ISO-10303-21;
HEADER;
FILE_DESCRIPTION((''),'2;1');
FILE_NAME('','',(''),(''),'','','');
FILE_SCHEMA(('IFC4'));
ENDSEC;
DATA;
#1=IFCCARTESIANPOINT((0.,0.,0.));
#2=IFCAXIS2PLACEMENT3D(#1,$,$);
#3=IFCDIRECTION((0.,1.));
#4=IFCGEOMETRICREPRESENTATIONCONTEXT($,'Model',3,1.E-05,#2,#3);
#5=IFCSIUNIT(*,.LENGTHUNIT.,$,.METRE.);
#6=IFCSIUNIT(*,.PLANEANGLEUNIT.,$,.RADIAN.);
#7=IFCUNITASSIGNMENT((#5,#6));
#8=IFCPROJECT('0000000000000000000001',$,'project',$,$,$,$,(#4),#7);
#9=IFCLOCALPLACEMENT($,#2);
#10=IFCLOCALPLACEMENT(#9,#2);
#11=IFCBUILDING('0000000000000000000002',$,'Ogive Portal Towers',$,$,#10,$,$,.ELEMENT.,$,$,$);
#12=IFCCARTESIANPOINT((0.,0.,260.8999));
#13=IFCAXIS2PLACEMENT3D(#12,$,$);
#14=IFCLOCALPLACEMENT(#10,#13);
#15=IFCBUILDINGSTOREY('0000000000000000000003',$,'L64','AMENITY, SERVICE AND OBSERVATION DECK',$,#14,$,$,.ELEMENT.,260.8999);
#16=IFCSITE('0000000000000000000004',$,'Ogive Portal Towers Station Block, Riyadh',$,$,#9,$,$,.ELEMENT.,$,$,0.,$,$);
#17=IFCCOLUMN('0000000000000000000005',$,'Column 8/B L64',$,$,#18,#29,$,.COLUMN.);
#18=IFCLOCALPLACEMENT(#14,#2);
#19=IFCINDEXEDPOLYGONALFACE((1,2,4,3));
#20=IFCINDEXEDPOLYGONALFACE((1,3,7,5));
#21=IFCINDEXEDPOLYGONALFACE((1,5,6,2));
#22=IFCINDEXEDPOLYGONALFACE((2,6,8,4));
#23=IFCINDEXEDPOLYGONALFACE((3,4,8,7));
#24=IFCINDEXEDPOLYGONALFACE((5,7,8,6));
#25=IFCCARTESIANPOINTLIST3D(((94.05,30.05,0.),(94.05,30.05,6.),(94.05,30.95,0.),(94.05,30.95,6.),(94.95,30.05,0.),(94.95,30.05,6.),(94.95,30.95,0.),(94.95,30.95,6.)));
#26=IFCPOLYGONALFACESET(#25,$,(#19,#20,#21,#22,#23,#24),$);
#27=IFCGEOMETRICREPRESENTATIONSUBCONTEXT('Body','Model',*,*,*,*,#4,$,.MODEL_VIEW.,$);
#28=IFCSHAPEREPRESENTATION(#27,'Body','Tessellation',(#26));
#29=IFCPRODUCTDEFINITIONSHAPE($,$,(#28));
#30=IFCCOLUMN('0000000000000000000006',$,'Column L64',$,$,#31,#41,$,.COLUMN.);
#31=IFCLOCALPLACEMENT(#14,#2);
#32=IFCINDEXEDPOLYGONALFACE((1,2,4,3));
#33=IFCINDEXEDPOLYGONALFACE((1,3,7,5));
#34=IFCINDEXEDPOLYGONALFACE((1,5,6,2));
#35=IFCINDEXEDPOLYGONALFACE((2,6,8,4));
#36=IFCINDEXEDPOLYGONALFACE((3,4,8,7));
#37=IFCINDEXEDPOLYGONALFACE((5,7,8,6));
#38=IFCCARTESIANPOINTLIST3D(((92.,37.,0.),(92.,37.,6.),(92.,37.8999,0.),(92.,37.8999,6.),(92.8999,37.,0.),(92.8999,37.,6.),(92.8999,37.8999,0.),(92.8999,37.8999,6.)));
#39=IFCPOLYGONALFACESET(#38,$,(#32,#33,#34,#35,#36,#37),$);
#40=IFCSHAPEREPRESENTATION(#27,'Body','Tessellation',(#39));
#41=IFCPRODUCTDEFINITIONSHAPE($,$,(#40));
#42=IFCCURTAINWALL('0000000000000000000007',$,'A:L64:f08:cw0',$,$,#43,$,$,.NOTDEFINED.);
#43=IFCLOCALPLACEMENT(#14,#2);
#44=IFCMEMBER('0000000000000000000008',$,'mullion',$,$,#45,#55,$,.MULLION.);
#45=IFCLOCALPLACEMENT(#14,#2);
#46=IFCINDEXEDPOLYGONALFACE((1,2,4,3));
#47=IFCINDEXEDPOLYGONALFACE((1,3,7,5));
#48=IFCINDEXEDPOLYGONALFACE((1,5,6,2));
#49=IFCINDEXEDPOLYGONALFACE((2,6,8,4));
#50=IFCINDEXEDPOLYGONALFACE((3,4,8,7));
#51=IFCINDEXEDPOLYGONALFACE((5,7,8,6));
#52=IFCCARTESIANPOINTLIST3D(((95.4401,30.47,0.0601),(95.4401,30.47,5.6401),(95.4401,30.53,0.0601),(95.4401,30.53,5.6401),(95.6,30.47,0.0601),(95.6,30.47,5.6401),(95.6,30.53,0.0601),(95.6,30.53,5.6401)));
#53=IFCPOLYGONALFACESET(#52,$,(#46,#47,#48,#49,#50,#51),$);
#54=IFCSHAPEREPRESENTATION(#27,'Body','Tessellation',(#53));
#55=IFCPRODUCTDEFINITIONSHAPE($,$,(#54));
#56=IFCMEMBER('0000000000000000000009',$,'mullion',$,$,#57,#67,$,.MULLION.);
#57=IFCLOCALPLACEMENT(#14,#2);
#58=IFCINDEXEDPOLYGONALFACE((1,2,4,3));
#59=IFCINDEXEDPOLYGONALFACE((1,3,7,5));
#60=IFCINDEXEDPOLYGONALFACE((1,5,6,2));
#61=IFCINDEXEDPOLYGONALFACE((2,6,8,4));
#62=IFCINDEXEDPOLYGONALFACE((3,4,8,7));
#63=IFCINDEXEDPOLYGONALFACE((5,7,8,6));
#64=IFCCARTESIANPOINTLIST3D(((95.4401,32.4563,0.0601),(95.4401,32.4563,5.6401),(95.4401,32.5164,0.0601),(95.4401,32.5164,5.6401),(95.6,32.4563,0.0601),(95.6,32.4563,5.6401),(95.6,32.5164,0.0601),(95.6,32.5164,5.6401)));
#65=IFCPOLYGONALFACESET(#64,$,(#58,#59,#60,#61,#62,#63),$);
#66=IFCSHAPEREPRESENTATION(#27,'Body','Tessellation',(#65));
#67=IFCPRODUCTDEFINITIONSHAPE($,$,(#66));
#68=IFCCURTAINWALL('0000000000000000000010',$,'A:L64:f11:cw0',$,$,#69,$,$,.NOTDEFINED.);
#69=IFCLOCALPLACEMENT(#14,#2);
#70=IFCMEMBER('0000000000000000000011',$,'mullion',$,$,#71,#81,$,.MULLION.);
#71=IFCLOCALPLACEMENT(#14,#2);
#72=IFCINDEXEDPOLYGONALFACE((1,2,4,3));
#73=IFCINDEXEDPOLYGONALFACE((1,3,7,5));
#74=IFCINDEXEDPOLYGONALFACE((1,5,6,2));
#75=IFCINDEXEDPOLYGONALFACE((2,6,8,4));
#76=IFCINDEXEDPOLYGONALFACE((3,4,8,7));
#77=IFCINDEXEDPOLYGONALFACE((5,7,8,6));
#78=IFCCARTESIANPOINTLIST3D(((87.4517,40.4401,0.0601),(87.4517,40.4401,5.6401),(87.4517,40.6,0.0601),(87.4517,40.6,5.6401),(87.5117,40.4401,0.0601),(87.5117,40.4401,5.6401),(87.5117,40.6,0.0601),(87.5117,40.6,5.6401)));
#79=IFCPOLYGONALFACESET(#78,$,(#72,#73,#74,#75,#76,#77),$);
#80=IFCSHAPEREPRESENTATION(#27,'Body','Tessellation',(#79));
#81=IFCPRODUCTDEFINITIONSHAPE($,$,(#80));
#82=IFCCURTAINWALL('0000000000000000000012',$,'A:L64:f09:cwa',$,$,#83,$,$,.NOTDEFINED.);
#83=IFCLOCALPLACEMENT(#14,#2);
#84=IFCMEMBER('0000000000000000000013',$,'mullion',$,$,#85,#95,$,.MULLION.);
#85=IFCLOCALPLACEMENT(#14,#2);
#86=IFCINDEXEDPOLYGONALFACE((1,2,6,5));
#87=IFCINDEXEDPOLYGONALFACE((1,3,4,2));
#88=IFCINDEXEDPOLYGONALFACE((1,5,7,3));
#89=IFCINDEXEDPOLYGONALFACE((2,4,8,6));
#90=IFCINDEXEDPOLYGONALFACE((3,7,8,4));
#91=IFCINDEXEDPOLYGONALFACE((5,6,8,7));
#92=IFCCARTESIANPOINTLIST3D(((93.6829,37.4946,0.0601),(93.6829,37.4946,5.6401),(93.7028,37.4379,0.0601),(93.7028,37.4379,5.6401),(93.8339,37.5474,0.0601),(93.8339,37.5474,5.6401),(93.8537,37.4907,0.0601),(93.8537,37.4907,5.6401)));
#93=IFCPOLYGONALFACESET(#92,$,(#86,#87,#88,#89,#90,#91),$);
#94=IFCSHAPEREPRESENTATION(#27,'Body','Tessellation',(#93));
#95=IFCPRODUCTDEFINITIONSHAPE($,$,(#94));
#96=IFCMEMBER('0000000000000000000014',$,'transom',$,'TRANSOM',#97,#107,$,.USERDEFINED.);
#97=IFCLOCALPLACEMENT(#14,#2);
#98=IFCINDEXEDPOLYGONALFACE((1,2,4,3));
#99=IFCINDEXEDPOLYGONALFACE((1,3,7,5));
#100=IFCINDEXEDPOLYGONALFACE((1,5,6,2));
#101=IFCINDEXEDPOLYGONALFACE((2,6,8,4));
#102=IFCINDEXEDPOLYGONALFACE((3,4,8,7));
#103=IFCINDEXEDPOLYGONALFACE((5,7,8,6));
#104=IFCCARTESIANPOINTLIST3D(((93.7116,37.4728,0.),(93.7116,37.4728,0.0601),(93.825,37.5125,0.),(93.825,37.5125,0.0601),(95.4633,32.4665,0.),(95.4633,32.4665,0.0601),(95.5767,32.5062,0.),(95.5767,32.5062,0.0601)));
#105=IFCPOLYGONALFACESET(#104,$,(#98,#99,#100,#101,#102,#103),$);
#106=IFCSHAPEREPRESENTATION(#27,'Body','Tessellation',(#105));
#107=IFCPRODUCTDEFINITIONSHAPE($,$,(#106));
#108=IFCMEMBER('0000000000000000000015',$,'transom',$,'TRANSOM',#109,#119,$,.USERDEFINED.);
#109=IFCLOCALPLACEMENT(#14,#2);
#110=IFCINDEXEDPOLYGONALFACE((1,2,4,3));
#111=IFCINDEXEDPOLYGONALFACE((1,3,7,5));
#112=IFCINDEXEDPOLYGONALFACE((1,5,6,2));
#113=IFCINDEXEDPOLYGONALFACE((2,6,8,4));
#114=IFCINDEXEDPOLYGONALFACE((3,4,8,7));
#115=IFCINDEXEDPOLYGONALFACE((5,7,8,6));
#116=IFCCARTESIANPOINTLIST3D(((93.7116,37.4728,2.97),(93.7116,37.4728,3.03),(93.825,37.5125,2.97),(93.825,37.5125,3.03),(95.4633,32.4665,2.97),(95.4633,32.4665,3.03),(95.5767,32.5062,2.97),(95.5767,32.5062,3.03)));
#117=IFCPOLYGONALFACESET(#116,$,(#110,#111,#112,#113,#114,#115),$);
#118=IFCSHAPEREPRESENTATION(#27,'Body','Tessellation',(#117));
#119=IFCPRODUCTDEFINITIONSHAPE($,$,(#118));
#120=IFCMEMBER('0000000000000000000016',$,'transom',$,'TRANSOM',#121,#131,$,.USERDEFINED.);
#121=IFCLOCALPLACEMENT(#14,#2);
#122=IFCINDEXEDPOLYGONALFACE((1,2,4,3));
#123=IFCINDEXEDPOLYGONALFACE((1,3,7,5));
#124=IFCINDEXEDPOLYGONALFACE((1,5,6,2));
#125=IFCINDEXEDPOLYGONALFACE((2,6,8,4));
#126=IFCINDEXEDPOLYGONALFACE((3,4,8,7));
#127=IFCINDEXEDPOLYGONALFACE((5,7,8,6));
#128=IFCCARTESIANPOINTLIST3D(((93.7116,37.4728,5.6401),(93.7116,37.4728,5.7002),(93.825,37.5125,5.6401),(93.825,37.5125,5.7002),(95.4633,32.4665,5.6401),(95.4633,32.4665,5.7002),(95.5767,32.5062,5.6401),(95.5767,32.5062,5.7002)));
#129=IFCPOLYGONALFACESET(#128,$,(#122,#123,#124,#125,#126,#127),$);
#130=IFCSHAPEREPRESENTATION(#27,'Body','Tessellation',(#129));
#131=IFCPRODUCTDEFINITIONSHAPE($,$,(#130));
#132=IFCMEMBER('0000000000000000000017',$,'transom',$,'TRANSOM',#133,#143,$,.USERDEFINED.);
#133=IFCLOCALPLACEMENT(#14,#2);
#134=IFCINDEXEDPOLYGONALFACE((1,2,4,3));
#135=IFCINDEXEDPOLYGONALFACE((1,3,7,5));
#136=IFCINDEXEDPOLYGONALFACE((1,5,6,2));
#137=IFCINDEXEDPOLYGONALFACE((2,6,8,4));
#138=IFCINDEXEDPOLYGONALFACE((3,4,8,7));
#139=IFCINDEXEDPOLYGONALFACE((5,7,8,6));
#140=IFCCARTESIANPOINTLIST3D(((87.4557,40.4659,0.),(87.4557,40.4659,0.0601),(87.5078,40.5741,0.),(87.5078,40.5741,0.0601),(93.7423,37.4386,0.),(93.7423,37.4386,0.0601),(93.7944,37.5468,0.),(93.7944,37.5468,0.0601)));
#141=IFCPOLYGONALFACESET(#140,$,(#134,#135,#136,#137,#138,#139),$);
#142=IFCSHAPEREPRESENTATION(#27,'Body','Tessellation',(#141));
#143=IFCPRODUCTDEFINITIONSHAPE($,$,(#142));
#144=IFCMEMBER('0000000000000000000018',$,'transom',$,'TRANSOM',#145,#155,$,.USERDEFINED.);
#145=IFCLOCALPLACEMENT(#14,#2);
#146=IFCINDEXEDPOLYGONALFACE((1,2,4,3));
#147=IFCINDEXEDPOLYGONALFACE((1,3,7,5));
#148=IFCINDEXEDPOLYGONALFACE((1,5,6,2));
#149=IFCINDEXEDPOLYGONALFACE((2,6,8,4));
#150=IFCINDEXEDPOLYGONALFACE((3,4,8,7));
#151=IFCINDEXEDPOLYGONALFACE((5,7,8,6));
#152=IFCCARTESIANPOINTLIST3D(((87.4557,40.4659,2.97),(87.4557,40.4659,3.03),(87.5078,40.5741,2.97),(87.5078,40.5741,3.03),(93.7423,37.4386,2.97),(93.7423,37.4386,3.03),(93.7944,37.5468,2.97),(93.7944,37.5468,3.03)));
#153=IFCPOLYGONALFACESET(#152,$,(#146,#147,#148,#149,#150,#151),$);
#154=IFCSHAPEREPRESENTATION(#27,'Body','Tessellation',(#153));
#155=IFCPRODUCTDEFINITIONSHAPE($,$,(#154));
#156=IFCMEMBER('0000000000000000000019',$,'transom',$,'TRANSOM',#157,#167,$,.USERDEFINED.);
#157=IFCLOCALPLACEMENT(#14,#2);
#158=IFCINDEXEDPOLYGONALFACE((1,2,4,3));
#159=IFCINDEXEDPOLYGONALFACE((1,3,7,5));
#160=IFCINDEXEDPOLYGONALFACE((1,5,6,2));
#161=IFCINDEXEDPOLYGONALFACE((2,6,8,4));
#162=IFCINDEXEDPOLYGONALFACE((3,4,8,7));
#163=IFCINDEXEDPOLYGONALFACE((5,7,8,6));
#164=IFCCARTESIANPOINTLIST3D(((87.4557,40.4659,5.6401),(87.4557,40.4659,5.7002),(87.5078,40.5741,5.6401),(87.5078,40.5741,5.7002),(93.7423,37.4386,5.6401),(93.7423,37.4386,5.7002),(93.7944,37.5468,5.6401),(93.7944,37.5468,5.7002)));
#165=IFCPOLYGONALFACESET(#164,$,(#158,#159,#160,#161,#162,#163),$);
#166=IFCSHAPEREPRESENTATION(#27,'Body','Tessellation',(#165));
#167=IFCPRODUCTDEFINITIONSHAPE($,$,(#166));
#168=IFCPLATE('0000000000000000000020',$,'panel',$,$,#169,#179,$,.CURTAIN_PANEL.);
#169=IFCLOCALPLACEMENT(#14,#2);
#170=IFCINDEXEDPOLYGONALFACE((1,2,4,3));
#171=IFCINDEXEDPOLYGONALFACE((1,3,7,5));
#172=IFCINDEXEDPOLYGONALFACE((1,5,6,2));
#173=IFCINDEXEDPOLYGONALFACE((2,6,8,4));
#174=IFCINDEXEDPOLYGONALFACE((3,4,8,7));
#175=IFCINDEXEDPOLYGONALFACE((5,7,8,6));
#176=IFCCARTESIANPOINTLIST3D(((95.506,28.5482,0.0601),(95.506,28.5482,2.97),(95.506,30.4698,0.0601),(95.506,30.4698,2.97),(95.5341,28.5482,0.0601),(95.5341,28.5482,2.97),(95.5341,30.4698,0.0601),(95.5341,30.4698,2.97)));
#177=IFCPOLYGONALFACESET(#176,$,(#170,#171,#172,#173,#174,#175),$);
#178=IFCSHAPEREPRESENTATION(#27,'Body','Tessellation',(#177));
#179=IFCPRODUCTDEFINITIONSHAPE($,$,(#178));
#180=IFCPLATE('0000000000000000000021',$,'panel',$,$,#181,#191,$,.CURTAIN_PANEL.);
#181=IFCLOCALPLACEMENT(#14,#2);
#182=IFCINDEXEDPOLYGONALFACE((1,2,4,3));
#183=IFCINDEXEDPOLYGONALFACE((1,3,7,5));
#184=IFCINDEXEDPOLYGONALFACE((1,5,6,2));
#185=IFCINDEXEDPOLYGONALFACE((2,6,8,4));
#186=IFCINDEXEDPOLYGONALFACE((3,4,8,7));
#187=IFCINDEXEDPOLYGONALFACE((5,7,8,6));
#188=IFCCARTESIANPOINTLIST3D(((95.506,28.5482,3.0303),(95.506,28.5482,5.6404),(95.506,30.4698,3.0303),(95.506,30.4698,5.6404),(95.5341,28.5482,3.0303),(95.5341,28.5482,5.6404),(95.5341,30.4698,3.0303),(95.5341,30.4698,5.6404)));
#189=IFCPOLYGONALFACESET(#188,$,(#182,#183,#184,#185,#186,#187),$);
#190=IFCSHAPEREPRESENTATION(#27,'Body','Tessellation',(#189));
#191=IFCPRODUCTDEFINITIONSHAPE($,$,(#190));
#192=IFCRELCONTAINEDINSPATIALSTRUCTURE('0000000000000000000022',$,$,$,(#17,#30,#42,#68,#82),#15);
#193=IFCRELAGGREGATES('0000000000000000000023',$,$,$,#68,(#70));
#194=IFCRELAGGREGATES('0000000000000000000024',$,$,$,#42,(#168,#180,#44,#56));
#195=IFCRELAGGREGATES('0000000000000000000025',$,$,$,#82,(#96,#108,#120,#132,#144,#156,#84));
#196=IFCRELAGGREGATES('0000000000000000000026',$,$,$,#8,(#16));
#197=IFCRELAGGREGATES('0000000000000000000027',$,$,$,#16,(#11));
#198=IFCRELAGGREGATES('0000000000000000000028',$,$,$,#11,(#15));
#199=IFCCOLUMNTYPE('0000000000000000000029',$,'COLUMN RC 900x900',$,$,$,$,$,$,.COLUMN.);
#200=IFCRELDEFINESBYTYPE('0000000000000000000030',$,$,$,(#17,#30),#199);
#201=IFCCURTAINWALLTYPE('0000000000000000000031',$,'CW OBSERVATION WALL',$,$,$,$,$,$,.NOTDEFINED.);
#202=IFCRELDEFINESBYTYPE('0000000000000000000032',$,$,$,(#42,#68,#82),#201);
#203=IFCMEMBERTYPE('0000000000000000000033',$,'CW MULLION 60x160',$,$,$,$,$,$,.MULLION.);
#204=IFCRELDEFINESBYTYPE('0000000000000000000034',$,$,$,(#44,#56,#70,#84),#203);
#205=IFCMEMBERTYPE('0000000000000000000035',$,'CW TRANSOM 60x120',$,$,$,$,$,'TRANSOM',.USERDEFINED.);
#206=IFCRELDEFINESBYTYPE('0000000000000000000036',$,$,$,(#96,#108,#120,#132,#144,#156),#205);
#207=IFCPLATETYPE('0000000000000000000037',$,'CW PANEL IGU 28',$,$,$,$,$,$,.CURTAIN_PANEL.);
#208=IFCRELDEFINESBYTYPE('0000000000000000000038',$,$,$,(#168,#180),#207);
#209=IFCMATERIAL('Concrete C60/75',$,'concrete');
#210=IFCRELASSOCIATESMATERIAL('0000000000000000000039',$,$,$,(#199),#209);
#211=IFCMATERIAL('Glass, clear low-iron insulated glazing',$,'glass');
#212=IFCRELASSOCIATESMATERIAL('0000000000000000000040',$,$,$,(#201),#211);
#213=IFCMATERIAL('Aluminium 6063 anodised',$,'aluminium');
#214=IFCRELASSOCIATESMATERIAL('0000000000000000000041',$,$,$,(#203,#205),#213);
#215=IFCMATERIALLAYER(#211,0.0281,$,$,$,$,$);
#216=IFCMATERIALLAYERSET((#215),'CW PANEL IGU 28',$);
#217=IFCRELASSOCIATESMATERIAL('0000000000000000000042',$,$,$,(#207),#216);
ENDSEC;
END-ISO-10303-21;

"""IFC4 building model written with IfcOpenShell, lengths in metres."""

from ifc_helpers import new_model, si_unit, direction, frame, origin, origin_2d, place, context, subcontext, project, spatial, rectangle, extrude, material, layer, layer_set, material_profile, profile_set, type_object, element, aggregate, save


model = new_model("IFC4")

# Units and contexts
model_context = context("Model", 3, precision=1e-05, world=origin(), true_north=direction((0.0, 1.0)))
body_context = subcontext(model_context, "Body", "Model", "MODEL_VIEW")
ifc_project = project(units=[si_unit("LENGTHUNIT", "METRE"), si_unit("PLANEANGLEUNIT", "RADIAN")], contexts=[model_context])

# Site, building, storey
site_placement = place(None, origin())
site = spatial("IfcSite", under=ifc_project, at=site_placement, Name="Ogive Portal Towers Station Block, Riyadh", CompositionType="ELEMENT", RefElevation=0.0)
building_placement = place(site_placement, origin())
building = spatial("IfcBuilding", under=site, at=building_placement, Name="Ogive Portal Towers", CompositionType="ELEMENT")
storey_placement = place(building_placement, frame((0.0, 0.0, 260.8999)))
storey = spatial("IfcBuildingStorey", under=building, at=storey_placement, Name="L64", Description="AMENITY, SERVICE AND OBSERVATION DECK", CompositionType="ELEMENT", Elevation=260.8999)

# Columns
ifc_material_1 = material(Name="Concrete C60/75", Category="concrete")
ifc_material_profile_1 = material_profile(ifc_material_1, rectangle(XDim=0.8999, YDim=0.8999, at=origin_2d()), Name="RC 900x900")
ifc_profile_set_1 = profile_set([ifc_material_profile_1], Name="Concrete C60/75")
column_type = type_object("IfcColumnType", Name="COLUMN RC 900x900", PredefinedType="COLUMN", material=ifc_profile_set_1)
for number, where, z_axis, x_axis, name in (
    (1, (94.5, 30.5, 0.0), (0.0, 0.0, 1.0), (1.0, 0.0, 0.0), "Column 8/B L64"),
    (2, (92.45, 37.45, 0.0), (0.0, 0.0, 1.0), (1.0, 0.0, 0.0), "Column L64"),
):
    element("IfcColumn", number, at=place(storey_placement, frame(where, z_axis=z_axis, x_axis=x_axis)), inside=storey, type_object=column_type, Name=name, PredefinedType="COLUMN", context=body_context, shape_type="SweptSolid", body=[
        extrude(rectangle(XDim=0.8999, YDim=0.8999, at=origin_2d()), origin(), (0.0, 0.0, 1.0), 6.0),
    ])

# Curtain wall, members
ifc_material_2 = material(Name="Glass, clear low-iron insulated glazing", Category="glass")
curtain_wall_type = type_object("IfcCurtainWallType", Name="CW OBSERVATION WALL", PredefinedType="NOTDEFINED", material=ifc_material_2)
curtain_wall_1_placement = place(storey_placement, origin())
curtain_wall_1 = element("IfcCurtainWall", 3, at=curtain_wall_1_placement, inside=storey, type_object=curtain_wall_type, Name="A:L64:f08:cw0", PredefinedType="NOTDEFINED")
ifc_material_3 = material(Name="Aluminium 6063 anodised", Category="aluminium")
ifc_material_profile_2 = material_profile(ifc_material_3, rectangle(XDim=0.1599, YDim=0.0601, at=origin_2d()), Name="AL 60x160")
ifc_profile_set_2 = profile_set([ifc_material_profile_2], Name="Aluminium 6063 anodised")
member_type_1 = type_object("IfcMemberType", Name="CW MULLION 60x160", PredefinedType="MULLION", material=ifc_profile_set_2)
member_1_placement = place(storey_placement, frame((95.52, 30.5, 0.0601), z_axis=(0.0, 0.0, 1.0), x_axis=(-1.0, 0.0, 0.0)))
member_1 = element("IfcMember", 4, at=member_1_placement, type_object=member_type_1, Name="mullion", PredefinedType="MULLION", context=body_context, shape_type="SweptSolid", body=[
    extrude(rectangle(XDim=0.1599, YDim=0.0601, at=origin_2d()), origin(), (0.0, 0.0, 1.0), 5.5801),
])
member_2_placement = place(storey_placement, frame((95.52, 32.4863, 0.0601), z_axis=(0.0, 0.0, 1.0), x_axis=(-1.0, 0.0, 0.0)))
member_2 = element("IfcMember", 5, at=member_2_placement, type_object=member_type_1, Name="mullion", PredefinedType="MULLION", context=body_context, shape_type="SweptSolid", body=[
    extrude(rectangle(XDim=0.1599, YDim=0.0601, at=origin_2d()), origin(), (0.0, 0.0, 1.0), 5.5801),
])

# Curtain wall, member
curtain_wall_2_placement = place(storey_placement, origin())
curtain_wall_2 = element("IfcCurtainWall", 6, at=curtain_wall_2_placement, inside=storey, type_object=curtain_wall_type, Name="A:L64:f11:cw0", PredefinedType="NOTDEFINED")
member_3_placement = place(storey_placement, frame((87.4817, 40.52, 0.0601), z_axis=(0.0, 0.0, 1.0), x_axis=(0.0, -1.0, 0.0)))
member_3 = element("IfcMember", 7, at=member_3_placement, type_object=member_type_1, Name="mullion", PredefinedType="MULLION", context=body_context, shape_type="SweptSolid", body=[
    extrude(rectangle(XDim=0.1599, YDim=0.0601, at=origin_2d()), origin(), (0.0, 0.0, 1.0), 5.5801),
])
aggregate(curtain_wall_2, [member_3])

# Curtain wall, members
curtain_wall_3_placement = place(storey_placement, origin())
curtain_wall_3 = element("IfcCurtainWall", 8, at=curtain_wall_3_placement, inside=storey, type_object=curtain_wall_type, Name="A:L64:f09:cwa", PredefinedType="NOTDEFINED")
member_4_placement = place(storey_placement, frame((93.7683, 37.4927, 0.0601), z_axis=(0.0, 0.0, 1.0), x_axis=(-0.943883, -0.330279, 0.0)))
member_4 = element("IfcMember", 9, at=member_4_placement, type_object=member_type_1, Name="mullion", PredefinedType="MULLION", context=body_context, shape_type="SweptSolid", body=[
    extrude(rectangle(XDim=0.1599, YDim=0.0601, at=origin_2d()), origin(), (0.0, 0.0, 1.0), 5.5801),
])
ifc_material_profile_3 = material_profile(ifc_material_3, rectangle(XDim=0.1201, YDim=0.0601, at=origin_2d()), Name="AL 120x60")
ifc_profile_set_3 = profile_set([ifc_material_profile_3], Name="Aluminium 6063 anodised")
member_type_2 = type_object("IfcMemberType", Name="CW TRANSOM 60x120", ElementType="TRANSOM", PredefinedType="USERDEFINED", material=ifc_profile_set_3)
member_5_placement = place(storey_placement, frame((95.52, 32.4863, 0.03), z_axis=(-0.330264, 0.943888, 0.0), x_axis=(-0.943888, -0.330264, 0.0)))
member_5 = element("IfcMember", 10, at=member_5_placement, type_object=member_type_2, Name="transom", ObjectType="TRANSOM", PredefinedType="USERDEFINED", context=body_context, shape_type="SweptSolid", body=[
    extrude(rectangle(XDim=0.1201, YDim=0.0601, at=origin_2d()), origin(), (0.0, 0.0, 1.0), 5.304),
])
member_6_placement = place(storey_placement, frame((95.52, 32.4863, 3.0), z_axis=(-0.330264, 0.943888, 0.0), x_axis=(-0.943888, -0.330264, 0.0)))
member_6 = element("IfcMember", 11, at=member_6_placement, type_object=member_type_2, Name="transom", ObjectType="TRANSOM", PredefinedType="USERDEFINED", context=body_context, shape_type="SweptSolid", body=[
    extrude(rectangle(XDim=0.1201, YDim=0.0601, at=origin_2d()), origin(), (0.0, 0.0, 1.0), 5.304),
])
member_7_placement = place(storey_placement, frame((95.52, 32.4863, 5.6702), z_axis=(-0.330264, 0.943888, 0.0), x_axis=(-0.943888, -0.330264, 0.0)))
member_7 = element("IfcMember", 12, at=member_7_placement, type_object=member_type_2, Name="transom", ObjectType="TRANSOM", PredefinedType="USERDEFINED", context=body_context, shape_type="SweptSolid", body=[
    extrude(rectangle(XDim=0.1201, YDim=0.0601, at=origin_2d()), origin(), (0.0, 0.0, 1.0), 5.304),
])
member_8_placement = place(storey_placement, frame((93.7683, 37.4927, 0.03), z_axis=(-0.900976, 0.433868, 0.0), x_axis=(-0.433868, -0.900976, 0.0)))
member_8 = element("IfcMember", 13, at=member_8_placement, type_object=member_type_2, Name="transom", ObjectType="TRANSOM", PredefinedType="USERDEFINED", context=body_context, shape_type="SweptSolid", body=[
    extrude(rectangle(XDim=0.1201, YDim=0.0601, at=origin_2d()), origin(), (0.0, 0.0, 1.0), 6.9775),
])
member_9_placement = place(storey_placement, frame((93.7683, 37.4927, 3.0), z_axis=(-0.900976, 0.433868, 0.0), x_axis=(-0.433868, -0.900976, 0.0)))
member_9 = element("IfcMember", 14, at=member_9_placement, type_object=member_type_2, Name="transom", ObjectType="TRANSOM", PredefinedType="USERDEFINED", context=body_context, shape_type="SweptSolid", body=[
    extrude(rectangle(XDim=0.1201, YDim=0.0601, at=origin_2d()), origin(), (0.0, 0.0, 1.0), 6.9775),
])
member_10_placement = place(storey_placement, frame((93.7683, 37.4927, 5.6702), z_axis=(-0.900976, 0.433868, 0.0), x_axis=(-0.433868, -0.900976, 0.0)))
member_10 = element("IfcMember", 15, at=member_10_placement, type_object=member_type_2, Name="transom", ObjectType="TRANSOM", PredefinedType="USERDEFINED", context=body_context, shape_type="SweptSolid", body=[
    extrude(rectangle(XDim=0.1201, YDim=0.0601, at=origin_2d()), origin(), (0.0, 0.0, 1.0), 6.9775),
])

# Plates
ifc_layer_1 = layer(ifc_material_2, 0.0281)
ifc_layer_set_1 = layer_set([ifc_layer_1], Name="CW PANEL IGU 28")
plate_type = type_object("IfcPlateType", Name="CW PANEL IGU 28", PredefinedType="CURTAIN_PANEL", material=ifc_layer_set_1)
plate_1_placement = place(storey_placement, frame((95.52, 29.509, 0.0601), z_axis=(0.0, 0.0, 1.0), x_axis=(0.0, 1.0, 0.0)))
plate_1 = element("IfcPlate", 16, at=plate_1_placement, type_object=plate_type, Name="panel", PredefinedType="CURTAIN_PANEL", context=body_context, shape_type="SweptSolid", body=[
    extrude(rectangle(XDim=1.9216, YDim=0.0281, at=origin_2d()), origin(), (0.0, 0.0, 1.0), 2.9099),
])
plate_2_placement = place(storey_placement, frame((95.52, 29.509, 3.0303), z_axis=(0.0, 0.0, 1.0), x_axis=(0.0, 1.0, 0.0)))
plate_2 = element("IfcPlate", 17, at=plate_2_placement, type_object=plate_type, Name="panel", PredefinedType="CURTAIN_PANEL", context=body_context, shape_type="SweptSolid", body=[
    extrude(rectangle(XDim=1.9216, YDim=0.0281, at=origin_2d()), origin(), (0.0, 0.0, 1.0), 2.6101),
])
aggregate(curtain_wall_1, [plate_1, plate_2, member_1, member_2])
aggregate(curtain_wall_3, [member_5, member_6, member_7, member_8, member_9, member_10, member_4])

save(model, "model.ifc")
